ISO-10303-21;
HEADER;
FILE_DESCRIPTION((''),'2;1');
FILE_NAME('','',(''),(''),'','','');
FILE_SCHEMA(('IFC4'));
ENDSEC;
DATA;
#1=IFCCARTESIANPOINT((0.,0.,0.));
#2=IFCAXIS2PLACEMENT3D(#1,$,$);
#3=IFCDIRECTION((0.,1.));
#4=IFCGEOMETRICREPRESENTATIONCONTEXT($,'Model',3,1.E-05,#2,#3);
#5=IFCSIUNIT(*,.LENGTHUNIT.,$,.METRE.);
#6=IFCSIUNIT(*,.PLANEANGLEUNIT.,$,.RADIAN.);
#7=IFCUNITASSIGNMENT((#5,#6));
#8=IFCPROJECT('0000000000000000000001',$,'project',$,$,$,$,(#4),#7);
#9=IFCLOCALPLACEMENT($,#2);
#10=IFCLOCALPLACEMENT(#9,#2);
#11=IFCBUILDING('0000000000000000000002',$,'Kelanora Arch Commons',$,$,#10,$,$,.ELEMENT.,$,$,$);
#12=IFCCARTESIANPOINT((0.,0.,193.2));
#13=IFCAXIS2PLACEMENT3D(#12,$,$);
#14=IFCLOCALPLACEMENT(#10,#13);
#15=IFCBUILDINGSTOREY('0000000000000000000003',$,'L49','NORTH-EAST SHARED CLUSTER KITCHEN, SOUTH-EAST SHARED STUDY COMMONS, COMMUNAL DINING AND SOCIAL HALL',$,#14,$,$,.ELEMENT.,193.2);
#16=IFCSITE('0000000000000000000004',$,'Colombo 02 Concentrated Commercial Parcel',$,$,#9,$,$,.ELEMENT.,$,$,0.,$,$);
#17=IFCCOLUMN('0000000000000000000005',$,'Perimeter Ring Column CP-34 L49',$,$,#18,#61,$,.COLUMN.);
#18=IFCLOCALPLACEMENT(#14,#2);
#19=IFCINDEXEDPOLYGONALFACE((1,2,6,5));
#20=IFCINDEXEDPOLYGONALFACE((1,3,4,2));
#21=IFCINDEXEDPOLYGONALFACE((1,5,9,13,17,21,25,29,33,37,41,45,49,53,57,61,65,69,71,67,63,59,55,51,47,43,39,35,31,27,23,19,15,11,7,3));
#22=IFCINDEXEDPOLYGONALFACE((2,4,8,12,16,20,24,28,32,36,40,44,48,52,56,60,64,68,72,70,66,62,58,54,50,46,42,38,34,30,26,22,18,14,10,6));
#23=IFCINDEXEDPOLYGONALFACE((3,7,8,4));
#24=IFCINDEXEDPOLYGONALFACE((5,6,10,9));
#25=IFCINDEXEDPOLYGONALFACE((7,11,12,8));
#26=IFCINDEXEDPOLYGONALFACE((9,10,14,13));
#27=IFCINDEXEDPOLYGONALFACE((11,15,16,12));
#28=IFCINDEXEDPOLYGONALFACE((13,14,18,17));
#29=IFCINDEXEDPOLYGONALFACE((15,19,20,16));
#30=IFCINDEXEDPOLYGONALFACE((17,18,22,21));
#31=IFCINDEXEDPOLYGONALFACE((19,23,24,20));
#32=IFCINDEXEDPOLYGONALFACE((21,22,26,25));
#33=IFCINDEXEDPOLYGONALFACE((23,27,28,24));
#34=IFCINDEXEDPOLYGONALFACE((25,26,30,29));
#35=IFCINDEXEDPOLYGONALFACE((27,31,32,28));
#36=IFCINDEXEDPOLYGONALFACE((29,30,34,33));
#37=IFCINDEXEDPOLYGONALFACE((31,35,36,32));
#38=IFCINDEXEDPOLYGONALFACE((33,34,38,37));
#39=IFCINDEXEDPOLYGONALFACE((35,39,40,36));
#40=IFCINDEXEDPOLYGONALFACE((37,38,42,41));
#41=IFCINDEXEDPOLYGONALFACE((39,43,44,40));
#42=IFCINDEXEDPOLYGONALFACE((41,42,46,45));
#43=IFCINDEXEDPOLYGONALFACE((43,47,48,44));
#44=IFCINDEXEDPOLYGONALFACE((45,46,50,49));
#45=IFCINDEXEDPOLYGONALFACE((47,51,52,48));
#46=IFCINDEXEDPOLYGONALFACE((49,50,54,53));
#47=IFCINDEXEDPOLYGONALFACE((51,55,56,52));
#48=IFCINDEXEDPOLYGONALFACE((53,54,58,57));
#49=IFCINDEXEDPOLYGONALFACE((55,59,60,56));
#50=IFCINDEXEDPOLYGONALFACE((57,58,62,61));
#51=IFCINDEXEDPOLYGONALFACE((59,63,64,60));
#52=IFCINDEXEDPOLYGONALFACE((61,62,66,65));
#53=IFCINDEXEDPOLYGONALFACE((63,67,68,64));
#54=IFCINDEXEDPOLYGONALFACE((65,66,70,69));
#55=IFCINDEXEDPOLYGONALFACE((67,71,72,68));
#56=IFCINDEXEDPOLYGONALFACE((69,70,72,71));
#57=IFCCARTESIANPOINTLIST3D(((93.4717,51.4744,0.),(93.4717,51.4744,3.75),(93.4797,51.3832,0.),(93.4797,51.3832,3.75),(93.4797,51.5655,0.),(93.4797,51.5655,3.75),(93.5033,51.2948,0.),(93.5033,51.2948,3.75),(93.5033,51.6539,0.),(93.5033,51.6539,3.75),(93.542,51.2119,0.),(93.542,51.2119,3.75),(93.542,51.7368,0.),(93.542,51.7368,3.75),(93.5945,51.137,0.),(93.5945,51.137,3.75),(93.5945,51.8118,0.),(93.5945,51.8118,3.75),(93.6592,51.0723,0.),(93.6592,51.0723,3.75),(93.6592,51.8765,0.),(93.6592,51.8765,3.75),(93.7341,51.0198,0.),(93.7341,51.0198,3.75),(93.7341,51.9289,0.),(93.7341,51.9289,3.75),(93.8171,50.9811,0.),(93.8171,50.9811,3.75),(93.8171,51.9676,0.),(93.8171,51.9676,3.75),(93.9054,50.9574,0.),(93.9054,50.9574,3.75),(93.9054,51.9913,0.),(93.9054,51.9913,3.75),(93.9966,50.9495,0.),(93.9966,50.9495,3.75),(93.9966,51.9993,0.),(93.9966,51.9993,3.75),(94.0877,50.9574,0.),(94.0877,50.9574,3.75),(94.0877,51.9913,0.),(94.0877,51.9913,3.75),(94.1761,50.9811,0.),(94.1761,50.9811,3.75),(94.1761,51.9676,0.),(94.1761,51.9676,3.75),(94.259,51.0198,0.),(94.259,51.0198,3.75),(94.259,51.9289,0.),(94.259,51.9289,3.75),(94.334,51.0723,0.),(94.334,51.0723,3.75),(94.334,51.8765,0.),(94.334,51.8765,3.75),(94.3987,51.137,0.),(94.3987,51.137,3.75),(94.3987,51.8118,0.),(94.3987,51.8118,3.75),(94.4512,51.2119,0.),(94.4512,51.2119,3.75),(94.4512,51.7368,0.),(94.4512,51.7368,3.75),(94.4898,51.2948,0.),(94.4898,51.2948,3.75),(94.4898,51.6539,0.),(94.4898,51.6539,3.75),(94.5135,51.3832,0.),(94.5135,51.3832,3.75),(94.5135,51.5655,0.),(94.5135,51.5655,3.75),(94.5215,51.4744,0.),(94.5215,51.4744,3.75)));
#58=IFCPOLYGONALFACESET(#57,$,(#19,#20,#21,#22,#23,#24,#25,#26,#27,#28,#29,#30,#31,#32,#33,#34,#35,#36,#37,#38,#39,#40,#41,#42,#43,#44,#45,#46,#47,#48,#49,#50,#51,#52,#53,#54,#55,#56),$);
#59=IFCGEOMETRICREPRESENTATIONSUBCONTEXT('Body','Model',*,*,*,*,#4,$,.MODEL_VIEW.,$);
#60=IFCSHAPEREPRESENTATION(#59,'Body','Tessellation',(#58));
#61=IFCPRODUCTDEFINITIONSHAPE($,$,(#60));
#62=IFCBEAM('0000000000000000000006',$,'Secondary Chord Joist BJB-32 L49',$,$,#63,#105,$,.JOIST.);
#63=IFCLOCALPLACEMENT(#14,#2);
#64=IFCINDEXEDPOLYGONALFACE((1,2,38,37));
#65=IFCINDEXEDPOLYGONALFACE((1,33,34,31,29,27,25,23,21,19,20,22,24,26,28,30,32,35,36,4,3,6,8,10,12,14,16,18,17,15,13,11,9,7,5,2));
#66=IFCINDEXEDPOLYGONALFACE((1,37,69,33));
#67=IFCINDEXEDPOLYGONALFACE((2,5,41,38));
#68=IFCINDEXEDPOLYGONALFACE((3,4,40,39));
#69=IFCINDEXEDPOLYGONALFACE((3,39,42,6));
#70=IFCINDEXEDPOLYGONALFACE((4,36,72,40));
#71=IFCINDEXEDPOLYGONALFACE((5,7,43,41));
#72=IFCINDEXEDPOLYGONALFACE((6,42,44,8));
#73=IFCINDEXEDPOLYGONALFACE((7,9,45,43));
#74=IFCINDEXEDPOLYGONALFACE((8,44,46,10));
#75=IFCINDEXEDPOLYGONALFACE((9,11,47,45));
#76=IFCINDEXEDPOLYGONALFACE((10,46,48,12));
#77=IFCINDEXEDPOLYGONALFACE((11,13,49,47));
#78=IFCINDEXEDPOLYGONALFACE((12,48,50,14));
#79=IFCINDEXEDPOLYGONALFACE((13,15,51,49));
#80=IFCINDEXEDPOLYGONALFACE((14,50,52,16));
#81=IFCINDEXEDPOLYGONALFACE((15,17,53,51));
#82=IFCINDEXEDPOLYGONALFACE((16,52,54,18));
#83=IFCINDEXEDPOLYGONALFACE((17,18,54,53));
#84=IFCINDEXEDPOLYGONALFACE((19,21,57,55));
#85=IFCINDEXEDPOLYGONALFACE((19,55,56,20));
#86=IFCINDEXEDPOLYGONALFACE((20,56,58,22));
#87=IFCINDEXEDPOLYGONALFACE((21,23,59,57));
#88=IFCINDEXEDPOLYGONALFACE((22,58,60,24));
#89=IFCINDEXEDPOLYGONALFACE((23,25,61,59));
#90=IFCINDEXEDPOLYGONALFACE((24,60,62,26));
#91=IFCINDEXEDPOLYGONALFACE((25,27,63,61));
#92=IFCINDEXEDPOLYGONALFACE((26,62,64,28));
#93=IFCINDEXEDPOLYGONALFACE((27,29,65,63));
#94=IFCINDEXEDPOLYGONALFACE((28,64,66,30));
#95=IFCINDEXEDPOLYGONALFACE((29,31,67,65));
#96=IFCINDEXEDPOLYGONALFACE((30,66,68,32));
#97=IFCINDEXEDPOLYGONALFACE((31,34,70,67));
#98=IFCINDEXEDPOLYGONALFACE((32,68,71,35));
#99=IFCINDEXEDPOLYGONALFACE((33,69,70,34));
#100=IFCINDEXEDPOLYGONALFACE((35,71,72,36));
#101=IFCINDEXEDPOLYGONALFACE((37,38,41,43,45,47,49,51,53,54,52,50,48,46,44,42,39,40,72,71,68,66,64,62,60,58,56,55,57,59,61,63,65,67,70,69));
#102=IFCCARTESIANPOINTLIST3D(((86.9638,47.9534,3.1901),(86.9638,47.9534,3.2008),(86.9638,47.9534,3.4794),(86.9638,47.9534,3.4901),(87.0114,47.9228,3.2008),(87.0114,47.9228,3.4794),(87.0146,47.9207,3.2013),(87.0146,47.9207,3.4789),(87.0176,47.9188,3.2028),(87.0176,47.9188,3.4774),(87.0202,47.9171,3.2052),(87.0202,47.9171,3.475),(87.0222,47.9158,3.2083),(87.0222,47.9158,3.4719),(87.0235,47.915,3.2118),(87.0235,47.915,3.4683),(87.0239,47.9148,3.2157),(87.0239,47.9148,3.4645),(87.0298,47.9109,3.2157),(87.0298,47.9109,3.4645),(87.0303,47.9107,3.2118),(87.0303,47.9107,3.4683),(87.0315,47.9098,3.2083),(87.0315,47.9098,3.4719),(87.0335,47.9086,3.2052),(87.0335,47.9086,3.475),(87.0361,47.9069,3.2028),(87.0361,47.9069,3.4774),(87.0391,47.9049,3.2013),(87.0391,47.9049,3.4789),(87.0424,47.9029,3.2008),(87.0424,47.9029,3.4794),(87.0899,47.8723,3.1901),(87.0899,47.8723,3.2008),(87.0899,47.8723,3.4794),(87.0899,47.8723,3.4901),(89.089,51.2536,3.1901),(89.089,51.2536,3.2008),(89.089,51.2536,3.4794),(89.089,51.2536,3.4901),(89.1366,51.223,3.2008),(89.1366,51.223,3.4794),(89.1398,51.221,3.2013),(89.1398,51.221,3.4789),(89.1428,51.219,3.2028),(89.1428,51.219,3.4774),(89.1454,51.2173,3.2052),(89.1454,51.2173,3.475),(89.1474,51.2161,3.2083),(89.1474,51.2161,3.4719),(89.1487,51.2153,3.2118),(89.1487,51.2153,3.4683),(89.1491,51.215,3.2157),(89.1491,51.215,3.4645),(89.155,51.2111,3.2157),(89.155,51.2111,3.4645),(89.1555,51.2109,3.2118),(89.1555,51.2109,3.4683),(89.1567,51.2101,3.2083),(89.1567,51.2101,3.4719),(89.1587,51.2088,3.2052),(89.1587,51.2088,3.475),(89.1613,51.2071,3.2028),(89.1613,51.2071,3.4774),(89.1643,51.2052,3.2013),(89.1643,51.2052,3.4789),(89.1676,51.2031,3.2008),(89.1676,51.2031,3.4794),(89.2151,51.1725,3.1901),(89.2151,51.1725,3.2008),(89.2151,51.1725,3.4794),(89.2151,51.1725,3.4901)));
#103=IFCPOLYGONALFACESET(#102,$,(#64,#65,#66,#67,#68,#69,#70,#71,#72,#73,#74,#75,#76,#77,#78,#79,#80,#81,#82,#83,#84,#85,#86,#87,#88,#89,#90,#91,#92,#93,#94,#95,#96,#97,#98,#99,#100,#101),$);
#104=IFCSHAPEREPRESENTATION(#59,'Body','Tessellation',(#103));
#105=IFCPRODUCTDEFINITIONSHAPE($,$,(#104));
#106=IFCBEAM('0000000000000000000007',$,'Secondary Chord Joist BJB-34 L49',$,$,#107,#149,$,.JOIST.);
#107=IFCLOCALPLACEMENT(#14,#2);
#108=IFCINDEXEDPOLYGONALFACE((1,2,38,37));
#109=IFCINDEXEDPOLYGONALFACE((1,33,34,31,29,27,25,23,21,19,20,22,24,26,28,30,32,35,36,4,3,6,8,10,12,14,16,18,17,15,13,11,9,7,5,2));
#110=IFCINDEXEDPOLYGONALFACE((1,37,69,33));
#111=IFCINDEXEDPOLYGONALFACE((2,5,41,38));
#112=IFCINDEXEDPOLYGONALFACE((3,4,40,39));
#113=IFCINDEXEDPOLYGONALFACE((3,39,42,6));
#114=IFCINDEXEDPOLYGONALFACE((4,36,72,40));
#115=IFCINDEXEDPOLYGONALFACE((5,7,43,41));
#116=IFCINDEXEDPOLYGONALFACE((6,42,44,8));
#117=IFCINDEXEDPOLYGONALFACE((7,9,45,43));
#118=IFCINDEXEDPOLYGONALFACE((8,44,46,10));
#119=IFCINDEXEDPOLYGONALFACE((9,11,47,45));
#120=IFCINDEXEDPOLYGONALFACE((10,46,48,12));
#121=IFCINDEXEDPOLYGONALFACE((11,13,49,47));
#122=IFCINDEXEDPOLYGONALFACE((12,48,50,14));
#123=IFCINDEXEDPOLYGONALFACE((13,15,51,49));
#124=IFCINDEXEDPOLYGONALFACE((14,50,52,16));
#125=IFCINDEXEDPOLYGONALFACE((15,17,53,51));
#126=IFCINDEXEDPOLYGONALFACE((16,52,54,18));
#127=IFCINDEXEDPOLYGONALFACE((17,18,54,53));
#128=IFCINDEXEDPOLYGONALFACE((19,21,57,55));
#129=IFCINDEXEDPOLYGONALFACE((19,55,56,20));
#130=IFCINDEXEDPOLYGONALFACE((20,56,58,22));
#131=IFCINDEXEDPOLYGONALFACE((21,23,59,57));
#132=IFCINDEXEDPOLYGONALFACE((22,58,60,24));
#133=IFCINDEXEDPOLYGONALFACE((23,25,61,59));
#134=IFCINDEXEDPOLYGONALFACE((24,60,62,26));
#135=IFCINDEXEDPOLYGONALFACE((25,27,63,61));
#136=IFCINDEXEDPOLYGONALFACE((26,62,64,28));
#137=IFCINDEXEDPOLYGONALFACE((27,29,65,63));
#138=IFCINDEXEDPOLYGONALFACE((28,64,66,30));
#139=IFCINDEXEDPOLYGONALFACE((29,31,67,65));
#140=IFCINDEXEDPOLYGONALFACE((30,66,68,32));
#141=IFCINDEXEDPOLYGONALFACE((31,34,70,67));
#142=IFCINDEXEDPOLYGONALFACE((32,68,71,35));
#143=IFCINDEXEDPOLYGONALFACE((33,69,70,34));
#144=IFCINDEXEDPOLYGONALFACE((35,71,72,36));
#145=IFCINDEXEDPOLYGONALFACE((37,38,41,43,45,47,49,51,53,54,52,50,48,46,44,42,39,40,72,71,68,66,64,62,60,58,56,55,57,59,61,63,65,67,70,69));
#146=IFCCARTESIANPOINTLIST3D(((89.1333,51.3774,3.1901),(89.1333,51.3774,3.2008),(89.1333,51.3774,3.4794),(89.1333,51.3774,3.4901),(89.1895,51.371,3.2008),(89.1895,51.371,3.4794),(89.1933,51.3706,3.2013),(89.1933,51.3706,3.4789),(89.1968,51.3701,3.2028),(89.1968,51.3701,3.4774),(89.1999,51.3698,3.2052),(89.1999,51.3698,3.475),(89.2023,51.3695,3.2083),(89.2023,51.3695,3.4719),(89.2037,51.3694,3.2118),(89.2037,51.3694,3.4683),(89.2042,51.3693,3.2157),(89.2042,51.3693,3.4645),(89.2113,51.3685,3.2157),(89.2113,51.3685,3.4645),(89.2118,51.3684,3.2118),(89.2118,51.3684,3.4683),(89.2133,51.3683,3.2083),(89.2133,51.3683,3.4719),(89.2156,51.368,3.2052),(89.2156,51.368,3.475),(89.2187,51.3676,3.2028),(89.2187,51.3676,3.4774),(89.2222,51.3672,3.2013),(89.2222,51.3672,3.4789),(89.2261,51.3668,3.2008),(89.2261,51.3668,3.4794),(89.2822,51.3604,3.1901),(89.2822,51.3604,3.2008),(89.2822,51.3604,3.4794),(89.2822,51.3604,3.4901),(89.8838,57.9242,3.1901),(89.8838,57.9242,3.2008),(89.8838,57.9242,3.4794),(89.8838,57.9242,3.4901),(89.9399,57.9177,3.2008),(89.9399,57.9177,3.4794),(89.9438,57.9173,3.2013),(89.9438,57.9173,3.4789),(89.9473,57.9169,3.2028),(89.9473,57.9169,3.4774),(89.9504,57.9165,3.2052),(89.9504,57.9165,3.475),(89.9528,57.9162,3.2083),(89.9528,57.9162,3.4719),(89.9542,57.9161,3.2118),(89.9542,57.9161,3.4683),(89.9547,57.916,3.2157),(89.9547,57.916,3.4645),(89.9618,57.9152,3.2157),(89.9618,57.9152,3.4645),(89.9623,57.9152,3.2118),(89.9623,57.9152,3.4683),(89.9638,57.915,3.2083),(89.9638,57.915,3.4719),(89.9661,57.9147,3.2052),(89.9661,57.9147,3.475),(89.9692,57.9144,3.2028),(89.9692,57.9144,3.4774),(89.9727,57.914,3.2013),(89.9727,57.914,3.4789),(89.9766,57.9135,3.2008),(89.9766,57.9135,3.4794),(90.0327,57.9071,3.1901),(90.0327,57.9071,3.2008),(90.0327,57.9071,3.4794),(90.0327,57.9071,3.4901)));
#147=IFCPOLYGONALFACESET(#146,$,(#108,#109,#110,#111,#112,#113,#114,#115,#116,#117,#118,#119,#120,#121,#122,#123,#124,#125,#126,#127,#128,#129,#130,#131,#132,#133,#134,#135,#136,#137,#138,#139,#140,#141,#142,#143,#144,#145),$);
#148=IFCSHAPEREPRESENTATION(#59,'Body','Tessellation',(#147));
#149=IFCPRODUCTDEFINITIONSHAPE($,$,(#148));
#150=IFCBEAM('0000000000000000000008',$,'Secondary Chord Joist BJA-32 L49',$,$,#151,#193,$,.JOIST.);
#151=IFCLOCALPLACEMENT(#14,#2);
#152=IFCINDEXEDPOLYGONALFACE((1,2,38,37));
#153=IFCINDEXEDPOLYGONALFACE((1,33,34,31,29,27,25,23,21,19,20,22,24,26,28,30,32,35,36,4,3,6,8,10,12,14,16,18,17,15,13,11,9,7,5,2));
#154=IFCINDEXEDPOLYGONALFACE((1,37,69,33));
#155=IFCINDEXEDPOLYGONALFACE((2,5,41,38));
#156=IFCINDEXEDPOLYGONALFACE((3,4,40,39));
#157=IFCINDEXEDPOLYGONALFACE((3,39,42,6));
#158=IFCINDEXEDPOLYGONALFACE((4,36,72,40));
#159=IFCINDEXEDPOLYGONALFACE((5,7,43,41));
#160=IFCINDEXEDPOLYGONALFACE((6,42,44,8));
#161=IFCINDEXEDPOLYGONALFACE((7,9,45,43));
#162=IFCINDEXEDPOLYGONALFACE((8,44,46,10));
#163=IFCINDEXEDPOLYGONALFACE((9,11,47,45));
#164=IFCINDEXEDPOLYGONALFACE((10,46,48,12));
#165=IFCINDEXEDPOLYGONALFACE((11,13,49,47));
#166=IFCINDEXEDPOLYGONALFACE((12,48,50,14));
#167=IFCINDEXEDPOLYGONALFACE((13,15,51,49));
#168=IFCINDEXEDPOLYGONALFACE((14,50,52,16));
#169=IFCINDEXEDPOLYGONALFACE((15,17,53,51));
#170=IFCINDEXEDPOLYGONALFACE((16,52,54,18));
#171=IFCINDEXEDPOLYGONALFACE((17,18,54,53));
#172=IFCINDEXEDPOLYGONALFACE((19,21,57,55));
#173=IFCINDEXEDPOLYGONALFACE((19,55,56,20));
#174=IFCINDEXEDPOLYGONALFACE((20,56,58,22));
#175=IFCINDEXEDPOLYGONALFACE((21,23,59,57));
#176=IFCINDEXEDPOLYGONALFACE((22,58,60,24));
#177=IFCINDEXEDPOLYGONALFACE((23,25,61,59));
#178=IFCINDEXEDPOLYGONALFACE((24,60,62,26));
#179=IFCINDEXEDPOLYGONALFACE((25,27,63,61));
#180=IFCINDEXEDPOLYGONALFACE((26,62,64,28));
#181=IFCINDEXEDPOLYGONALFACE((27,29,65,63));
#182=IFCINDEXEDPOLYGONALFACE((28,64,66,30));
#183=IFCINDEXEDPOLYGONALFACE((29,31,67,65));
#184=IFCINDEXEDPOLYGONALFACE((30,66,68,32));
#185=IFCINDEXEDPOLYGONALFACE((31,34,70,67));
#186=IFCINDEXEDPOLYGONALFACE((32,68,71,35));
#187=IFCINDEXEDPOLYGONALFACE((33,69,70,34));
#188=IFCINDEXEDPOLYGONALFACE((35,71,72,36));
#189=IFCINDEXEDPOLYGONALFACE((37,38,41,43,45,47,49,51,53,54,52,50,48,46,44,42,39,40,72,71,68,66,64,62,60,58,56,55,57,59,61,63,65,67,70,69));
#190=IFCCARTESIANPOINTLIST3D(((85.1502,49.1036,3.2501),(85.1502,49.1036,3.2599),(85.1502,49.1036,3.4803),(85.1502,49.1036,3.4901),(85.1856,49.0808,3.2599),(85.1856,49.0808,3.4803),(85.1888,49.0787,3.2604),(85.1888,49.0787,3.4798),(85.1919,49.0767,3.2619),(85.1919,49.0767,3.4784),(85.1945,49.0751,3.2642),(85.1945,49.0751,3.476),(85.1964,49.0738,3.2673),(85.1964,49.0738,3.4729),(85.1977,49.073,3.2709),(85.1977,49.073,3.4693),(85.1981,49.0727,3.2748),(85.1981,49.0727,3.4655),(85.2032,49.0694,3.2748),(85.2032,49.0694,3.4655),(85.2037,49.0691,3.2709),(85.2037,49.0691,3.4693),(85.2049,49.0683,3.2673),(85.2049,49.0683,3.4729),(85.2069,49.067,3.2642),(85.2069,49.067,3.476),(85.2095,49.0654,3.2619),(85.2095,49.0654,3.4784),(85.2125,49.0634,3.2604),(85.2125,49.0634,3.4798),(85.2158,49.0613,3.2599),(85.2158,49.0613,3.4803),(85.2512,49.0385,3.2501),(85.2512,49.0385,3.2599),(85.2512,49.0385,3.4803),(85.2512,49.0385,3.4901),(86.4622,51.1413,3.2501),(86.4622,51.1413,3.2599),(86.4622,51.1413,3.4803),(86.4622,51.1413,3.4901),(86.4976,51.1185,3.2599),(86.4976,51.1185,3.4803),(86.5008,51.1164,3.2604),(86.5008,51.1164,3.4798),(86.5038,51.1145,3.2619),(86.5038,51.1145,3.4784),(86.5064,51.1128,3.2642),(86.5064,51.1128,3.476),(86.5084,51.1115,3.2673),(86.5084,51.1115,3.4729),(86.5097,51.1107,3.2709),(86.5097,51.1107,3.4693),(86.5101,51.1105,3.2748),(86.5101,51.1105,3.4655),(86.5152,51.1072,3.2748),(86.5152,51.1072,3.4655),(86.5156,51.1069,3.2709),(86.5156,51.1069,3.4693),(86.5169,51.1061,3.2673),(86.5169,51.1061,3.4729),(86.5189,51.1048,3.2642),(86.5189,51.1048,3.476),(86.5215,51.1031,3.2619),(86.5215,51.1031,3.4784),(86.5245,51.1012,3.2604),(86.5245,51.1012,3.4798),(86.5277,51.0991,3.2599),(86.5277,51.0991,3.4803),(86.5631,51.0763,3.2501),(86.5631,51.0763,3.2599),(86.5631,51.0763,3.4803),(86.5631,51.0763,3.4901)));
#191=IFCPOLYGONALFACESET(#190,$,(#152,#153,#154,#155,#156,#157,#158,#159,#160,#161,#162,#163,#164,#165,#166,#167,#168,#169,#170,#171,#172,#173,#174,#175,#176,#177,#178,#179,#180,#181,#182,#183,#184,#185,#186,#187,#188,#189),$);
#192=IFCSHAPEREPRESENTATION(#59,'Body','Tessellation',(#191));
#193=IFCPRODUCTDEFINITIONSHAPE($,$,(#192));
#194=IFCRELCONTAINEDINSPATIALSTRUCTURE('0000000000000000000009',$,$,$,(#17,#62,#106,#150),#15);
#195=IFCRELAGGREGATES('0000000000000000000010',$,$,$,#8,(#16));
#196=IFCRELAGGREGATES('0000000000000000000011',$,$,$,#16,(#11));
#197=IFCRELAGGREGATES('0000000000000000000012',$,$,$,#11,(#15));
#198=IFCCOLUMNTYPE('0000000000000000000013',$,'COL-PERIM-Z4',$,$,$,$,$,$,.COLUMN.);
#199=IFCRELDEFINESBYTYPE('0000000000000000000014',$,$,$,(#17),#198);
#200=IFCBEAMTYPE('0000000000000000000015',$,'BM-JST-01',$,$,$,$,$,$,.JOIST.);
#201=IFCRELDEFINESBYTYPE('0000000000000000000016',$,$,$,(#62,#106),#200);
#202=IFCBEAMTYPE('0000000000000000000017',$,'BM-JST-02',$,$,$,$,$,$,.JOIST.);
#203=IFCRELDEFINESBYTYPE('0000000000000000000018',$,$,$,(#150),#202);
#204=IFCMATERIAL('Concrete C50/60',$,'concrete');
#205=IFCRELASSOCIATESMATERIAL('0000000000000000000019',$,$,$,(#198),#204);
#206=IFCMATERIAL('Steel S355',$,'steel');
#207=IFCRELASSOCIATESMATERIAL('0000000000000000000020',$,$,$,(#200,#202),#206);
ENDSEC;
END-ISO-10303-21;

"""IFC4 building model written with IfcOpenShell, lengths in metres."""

from ifc_helpers import new_model, si_unit, direction, frame, origin, origin_2d, place, context, subcontext, project, spatial, circle, i_section, extrude, material, material_profile, profile_set, type_object, element, save


model = new_model("IFC4")

# Units and contexts
model_context = context("Model", 3, precision=1e-05, world=origin(), true_north=direction((0.0, 1.0)))
body_context = subcontext(model_context, "Body", "Model", "MODEL_VIEW")
ifc_project = project(units=[si_unit("LENGTHUNIT", "METRE"), si_unit("PLANEANGLEUNIT", "RADIAN")], contexts=[model_context])

# Site, building, storey
site_placement = place(None, origin())
site = spatial("IfcSite", under=ifc_project, at=site_placement, Name="Colombo 02 Concentrated Commercial Parcel", CompositionType="ELEMENT", RefElevation=0.0)
building_placement = place(site_placement, origin())
building = spatial("IfcBuilding", under=site, at=building_placement, Name="Kelanora Arch Commons", CompositionType="ELEMENT")
storey_placement = place(building_placement, frame((0.0, 0.0, 193.2)))
storey = spatial("IfcBuildingStorey", under=building, at=storey_placement, Name="L49", Description="NORTH-EAST SHARED CLUSTER KITCHEN, SOUTH-EAST SHARED STUDY COMMONS, COMMUNAL DINING AND SOCIAL HALL", CompositionType="ELEMENT", Elevation=193.2)

# Column
ifc_material_1 = material(Name="Concrete C50/60", Category="concrete")
ifc_material_profile_1 = material_profile(ifc_material_1, circle(Radius=0.5249, at=origin_2d()), Name="RCC1050")
ifc_profile_set_1 = profile_set([ifc_material_profile_1], Name="Concrete C50/60")
column_type = type_object("IfcColumnType", Name="COL-PERIM-Z4", PredefinedType="COLUMN", material=ifc_profile_set_1)
column_placement = place(storey_placement, frame((93.9966, 51.4744, 0.0), z_axis=(0.0, 0.0, 1.0), x_axis=(1.0, 0.0, 0.0)))
element("IfcColumn", 1, at=column_placement, inside=storey, type_object=column_type, Name="Perimeter Ring Column CP-34 L49", PredefinedType="COLUMN", context=body_context, shape_type="SweptSolid", body=[
    extrude(circle(Radius=0.5249, at=origin_2d()), origin(), (0.0, 0.0, 1.0), 3.75),
])

# Beams
ifc_material_2 = material(Name="Steel S355", Category="steel")
ifc_material_profile_2 = material_profile(ifc_material_2, i_section(OverallWidth=0.1499, OverallDepth=0.3, WebThickness=0.0071, FlangeThickness=0.0107, FilletRadius=0.0149, at=origin_2d()), Name="IPE300")
ifc_profile_set_2 = profile_set([ifc_material_profile_2], Name="Steel S355")
beam_type_1 = type_object("IfcBeamType", Name="BM-JST-01", PredefinedType="JOIST", material=ifc_profile_set_2)
beam_1_placement = place(storey_placement, frame((87.0269, 47.9128, 3.3401), z_axis=(0.541411, 0.840758, 0.0), x_axis=(-0.840758, 0.541411, 0.0)))
element("IfcBeam", 2, at=beam_1_placement, inside=storey, type_object=beam_type_1, Name="Secondary Chord Joist BJB-32 L49", PredefinedType="JOIST", context=body_context, shape_type="SweptSolid", body=[
    extrude(i_section(OverallWidth=0.1499, OverallDepth=0.3, WebThickness=0.0071, FlangeThickness=0.0107, FilletRadius=0.0149, at=origin_2d()), origin(), (0.0, 0.0, 1.0), 3.9253),
])
beam_2_placement = place(storey_placement, frame((89.2078, 51.3689, 3.3401), z_axis=(0.113891, 0.993493, 0.0), x_axis=(-0.993493, 0.113891, 0.0)))
element("IfcBeam", 3, at=beam_2_placement, inside=storey, type_object=beam_type_1, Name="Secondary Chord Joist BJB-34 L49", PredefinedType="JOIST", context=body_context, shape_type="SweptSolid", body=[
    extrude(i_section(OverallWidth=0.1499, OverallDepth=0.3, WebThickness=0.0071, FlangeThickness=0.0107, FilletRadius=0.0149, at=origin_2d()), origin(), (0.0, 0.0, 1.0), 6.5896),
])
ifc_material_profile_3 = material_profile(ifc_material_2, i_section(OverallWidth=0.1201, OverallDepth=0.24, WebThickness=0.0061, FlangeThickness=0.0098, FilletRadius=0.0149, at=origin_2d()), Name="IPE240")
ifc_profile_set_3 = profile_set([ifc_material_profile_3], Name="Steel S355")
beam_type_2 = type_object("IfcBeamType", Name="BM-JST-02", PredefinedType="JOIST", material=ifc_profile_set_3)
beam_3_placement = place(storey_placement, frame((85.2007, 49.071, 3.3701), z_axis=(0.541333, 0.840808, 0.0), x_axis=(-0.840808, 0.541333, 0.0)))
element("IfcBeam", 4, at=beam_3_placement, inside=storey, type_object=beam_type_2, Name="Secondary Chord Joist BJA-32 L49", PredefinedType="JOIST", context=body_context, shape_type="SweptSolid", body=[
    extrude(i_section(OverallWidth=0.1201, OverallDepth=0.24, WebThickness=0.0061, FlangeThickness=0.0098, FilletRadius=0.0149, at=origin_2d()), origin(), (0.0, 0.0, 1.0), 2.4236),
])

save(model, "model.ifc")
